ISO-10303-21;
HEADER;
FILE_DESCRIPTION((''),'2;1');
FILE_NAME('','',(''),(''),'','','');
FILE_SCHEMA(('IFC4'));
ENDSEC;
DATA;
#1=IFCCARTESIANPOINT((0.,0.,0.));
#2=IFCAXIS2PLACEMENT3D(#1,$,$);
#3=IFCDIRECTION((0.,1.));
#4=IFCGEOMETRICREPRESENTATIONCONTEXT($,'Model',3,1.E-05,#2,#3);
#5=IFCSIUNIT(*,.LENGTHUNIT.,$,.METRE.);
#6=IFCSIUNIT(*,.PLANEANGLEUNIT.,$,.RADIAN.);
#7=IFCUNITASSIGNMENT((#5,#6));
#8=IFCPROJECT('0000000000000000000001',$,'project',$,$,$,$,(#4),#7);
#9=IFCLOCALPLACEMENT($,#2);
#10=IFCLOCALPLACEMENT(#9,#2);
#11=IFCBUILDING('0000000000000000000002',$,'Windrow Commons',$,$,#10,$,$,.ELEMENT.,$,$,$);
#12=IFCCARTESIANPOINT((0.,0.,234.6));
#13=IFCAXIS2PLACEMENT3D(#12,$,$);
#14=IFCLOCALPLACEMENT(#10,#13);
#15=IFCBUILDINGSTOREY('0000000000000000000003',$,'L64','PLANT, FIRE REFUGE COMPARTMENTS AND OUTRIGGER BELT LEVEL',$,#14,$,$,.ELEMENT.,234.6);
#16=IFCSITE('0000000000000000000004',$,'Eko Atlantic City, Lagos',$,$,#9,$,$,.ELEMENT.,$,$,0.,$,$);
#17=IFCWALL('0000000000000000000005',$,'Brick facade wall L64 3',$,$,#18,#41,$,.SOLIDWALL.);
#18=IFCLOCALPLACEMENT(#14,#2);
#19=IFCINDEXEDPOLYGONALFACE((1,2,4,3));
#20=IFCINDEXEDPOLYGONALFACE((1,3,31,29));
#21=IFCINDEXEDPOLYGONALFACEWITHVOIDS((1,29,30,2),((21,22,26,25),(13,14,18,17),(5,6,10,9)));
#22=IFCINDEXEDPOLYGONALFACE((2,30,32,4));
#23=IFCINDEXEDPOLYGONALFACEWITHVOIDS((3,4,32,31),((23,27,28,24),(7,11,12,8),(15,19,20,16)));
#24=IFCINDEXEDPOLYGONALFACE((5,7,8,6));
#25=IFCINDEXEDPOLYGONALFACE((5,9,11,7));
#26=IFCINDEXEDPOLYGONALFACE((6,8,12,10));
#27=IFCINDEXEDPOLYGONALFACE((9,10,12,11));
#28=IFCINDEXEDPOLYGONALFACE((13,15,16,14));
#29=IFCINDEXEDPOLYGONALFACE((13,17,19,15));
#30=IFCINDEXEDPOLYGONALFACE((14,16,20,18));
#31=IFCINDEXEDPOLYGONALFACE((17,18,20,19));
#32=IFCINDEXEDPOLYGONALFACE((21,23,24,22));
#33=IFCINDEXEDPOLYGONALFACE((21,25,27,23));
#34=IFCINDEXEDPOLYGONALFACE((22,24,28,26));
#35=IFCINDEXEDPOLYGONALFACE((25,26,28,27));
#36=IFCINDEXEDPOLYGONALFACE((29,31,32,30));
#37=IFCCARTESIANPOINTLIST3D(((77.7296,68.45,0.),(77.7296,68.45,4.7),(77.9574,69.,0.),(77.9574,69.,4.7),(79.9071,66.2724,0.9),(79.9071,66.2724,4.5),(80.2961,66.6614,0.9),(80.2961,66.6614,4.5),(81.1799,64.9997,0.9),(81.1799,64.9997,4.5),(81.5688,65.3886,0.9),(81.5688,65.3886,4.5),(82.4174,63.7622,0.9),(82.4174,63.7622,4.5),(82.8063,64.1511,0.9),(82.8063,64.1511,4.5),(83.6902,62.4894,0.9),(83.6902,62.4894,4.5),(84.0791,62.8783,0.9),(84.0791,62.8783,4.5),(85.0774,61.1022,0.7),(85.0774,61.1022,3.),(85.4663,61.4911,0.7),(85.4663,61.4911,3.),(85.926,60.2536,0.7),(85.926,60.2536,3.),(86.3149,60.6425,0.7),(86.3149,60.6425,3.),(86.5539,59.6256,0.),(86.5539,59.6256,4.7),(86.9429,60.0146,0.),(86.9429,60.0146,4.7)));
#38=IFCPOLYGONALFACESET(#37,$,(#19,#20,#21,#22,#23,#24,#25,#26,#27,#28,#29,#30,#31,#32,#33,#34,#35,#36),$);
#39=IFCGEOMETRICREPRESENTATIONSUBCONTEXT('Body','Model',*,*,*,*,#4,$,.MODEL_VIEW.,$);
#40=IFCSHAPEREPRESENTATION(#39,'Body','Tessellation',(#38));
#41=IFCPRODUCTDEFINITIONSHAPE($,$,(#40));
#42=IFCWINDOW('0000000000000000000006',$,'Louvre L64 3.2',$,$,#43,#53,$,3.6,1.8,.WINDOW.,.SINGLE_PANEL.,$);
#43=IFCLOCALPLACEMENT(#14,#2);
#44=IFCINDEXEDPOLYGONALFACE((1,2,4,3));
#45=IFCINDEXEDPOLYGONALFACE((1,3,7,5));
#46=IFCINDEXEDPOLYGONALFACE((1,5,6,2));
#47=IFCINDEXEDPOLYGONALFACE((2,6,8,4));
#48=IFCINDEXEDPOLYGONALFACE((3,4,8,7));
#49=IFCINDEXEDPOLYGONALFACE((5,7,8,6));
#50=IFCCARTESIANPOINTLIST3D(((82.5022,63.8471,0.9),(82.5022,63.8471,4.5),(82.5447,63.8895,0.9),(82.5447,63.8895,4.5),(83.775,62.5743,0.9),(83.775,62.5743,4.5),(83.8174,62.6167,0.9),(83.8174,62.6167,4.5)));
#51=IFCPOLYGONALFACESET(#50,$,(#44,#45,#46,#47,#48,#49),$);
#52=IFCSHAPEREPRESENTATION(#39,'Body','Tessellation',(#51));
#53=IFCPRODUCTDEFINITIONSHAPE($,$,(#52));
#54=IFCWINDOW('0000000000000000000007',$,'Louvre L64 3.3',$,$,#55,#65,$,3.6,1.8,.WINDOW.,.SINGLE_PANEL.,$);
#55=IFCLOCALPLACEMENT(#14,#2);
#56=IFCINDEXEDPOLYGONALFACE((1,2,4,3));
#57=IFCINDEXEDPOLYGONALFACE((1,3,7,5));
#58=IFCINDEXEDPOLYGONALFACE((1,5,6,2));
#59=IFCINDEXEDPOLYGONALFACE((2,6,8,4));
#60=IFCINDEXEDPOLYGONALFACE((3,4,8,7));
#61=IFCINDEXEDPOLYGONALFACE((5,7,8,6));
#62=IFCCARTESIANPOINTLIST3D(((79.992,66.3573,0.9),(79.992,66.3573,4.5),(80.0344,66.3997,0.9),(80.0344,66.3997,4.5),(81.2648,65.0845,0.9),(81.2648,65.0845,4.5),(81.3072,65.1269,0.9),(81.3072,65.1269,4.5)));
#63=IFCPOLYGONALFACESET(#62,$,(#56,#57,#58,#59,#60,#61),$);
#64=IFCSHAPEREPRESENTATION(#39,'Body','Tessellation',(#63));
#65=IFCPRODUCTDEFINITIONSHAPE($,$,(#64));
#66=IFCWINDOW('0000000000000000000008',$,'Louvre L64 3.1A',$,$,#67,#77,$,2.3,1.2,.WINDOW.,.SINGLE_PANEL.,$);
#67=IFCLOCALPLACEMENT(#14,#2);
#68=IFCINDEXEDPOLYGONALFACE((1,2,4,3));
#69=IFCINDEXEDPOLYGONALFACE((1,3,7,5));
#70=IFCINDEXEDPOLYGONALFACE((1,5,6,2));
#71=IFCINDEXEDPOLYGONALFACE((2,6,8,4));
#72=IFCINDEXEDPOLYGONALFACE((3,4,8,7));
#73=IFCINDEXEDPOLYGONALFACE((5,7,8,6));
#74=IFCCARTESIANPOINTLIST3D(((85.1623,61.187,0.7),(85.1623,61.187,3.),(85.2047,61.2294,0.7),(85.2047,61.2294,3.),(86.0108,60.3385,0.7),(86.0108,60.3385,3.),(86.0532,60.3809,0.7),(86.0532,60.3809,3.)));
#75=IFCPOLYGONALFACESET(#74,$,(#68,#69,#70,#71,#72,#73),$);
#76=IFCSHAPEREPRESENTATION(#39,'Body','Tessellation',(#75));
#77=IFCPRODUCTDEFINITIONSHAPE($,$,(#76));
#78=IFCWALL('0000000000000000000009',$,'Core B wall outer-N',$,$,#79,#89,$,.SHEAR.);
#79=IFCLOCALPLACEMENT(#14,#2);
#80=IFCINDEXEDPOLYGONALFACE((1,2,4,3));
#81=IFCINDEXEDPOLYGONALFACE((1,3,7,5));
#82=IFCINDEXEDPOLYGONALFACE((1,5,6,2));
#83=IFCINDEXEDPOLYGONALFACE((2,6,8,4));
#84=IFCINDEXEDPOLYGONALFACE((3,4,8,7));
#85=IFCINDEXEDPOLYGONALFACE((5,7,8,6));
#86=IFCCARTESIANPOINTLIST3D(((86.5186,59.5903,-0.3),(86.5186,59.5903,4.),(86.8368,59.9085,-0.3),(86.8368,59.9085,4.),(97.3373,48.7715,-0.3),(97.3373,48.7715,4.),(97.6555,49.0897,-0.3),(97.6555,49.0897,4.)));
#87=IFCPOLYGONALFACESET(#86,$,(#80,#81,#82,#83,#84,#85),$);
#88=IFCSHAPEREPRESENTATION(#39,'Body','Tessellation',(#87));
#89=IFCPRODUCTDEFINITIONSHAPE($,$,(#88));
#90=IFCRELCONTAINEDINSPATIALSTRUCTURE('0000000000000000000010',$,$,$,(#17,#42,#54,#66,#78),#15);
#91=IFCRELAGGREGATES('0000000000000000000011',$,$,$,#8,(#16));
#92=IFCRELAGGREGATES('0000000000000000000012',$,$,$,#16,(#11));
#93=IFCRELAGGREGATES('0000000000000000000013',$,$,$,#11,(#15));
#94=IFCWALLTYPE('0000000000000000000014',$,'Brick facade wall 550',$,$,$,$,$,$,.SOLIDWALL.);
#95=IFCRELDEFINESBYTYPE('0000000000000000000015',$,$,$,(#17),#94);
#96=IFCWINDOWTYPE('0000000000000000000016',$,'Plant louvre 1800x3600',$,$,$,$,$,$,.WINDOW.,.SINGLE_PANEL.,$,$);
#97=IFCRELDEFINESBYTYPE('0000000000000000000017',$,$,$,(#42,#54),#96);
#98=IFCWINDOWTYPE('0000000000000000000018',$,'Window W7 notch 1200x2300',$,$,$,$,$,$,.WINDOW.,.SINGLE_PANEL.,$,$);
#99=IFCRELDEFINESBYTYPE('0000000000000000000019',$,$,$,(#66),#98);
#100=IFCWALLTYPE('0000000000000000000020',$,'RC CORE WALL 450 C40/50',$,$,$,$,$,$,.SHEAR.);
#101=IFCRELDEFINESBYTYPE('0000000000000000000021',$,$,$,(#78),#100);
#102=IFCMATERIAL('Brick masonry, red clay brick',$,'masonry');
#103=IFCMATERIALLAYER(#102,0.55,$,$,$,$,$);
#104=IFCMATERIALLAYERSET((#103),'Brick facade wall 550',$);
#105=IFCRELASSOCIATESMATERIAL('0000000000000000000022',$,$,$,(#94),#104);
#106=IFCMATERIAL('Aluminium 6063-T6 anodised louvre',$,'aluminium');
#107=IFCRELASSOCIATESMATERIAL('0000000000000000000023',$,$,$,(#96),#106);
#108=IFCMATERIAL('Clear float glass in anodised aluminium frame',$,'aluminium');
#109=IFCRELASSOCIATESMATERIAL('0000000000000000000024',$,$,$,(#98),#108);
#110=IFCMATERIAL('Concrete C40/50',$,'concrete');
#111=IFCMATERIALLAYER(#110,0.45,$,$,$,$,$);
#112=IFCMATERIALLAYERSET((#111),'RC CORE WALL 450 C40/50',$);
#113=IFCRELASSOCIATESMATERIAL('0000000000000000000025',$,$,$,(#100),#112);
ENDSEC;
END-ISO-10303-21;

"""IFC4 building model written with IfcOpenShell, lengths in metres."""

from ifc_helpers import new_model, si_unit, direction, frame, frame_2d, origin, place, context, subcontext, project, spatial, polyline, rectangle, outline, extrude, material, layer, layer_set, type_object, element, fill, save


model = new_model("IFC4")

# Units and contexts
model_context = context("Model", 3, precision=1e-05, world=origin(), true_north=direction((0.0, 1.0)))
body_context = subcontext(model_context, "Body", "Model", "MODEL_VIEW")
ifc_project = project(units=[si_unit("LENGTHUNIT", "METRE"), si_unit("PLANEANGLEUNIT", "RADIAN")], contexts=[model_context])

# Site, building, storey
site_placement = place(None, origin())
site = spatial("IfcSite", under=ifc_project, at=site_placement, Name="Eko Atlantic City, Lagos", CompositionType="ELEMENT", RefElevation=0.0)
building_placement = place(site_placement, origin())
building = spatial("IfcBuilding", under=site, at=building_placement, Name="Windrow Commons", CompositionType="ELEMENT")
storey_placement = place(building_placement, frame((0.0, 0.0, 234.6)))
storey = spatial("IfcBuildingStorey", under=building, at=storey_placement, Name="L64", Description="PLANT, FIRE REFUGE COMPARTMENTS AND OUTRIGGER BELT LEVEL", CompositionType="ELEMENT", Elevation=234.6)

# Wall, openings, windows
ifc_material_1 = material(Name="Brick masonry, red clay brick", Category="masonry")
ifc_layer_1 = layer(ifc_material_1, 0.55)
ifc_layer_set_1 = layer_set([ifc_layer_1], Name="Brick facade wall 550")
wall_type_1 = type_object("IfcWallType", Name="Brick facade wall 550", PredefinedType="SOLIDWALL", material=ifc_layer_set_1)
wall_1_placement = place(storey_placement, frame((86.7484, 59.8201, 0.0), z_axis=(0.0, 0.0, 1.0), x_axis=(-0.707107, 0.707107, 0.0)))
wall_1 = element("IfcWall", 1, at=wall_1_placement, inside=storey, type_object=wall_type_1, Name="Brick facade wall L64 3", PredefinedType="SOLIDWALL", context=body_context, shape_type="SweptSolid", body=[
    extrude(outline(polyline([(0.0, -0.275), (12.7073, -0.275), (12.4795, 0.275), (0.0, 0.275), (0.0, -0.275)])), origin(), (0.0, 0.0, 1.0), 4.7),
])
opening_1_placement = place(wall_1_placement, frame((4.05, 0.0, 0.9)))
opening_1 = element("IfcOpeningElement", 2, at=opening_1_placement, cuts=wall_1, PredefinedType="OPENING", context=body_context, shape_type="SweptSolid", body=[
    extrude(rectangle(XDim=1.8, YDim=3.6, at=frame_2d((0.9, 1.8))), frame((0.0, 0.285, 0.0), z_axis=(0.0, -1.0, 0.0), x_axis=(1.0, 0.0, 0.0)), (0.0, 0.0, 1.0), 0.57),
])
opening_2_placement = place(wall_1_placement, frame((7.6, 0.0, 0.9)))
opening_2 = element("IfcOpeningElement", 3, at=opening_2_placement, cuts=wall_1, PredefinedType="OPENING", context=body_context, shape_type="SweptSolid", body=[
    extrude(rectangle(XDim=1.8, YDim=3.6, at=frame_2d((0.9, 1.8))), frame((0.0, 0.285, 0.0), z_axis=(0.0, -1.0, 0.0), x_axis=(1.0, 0.0, 0.0)), (0.0, 0.0, 1.0), 0.57),
])
opening_3_placement = place(wall_1_placement, frame((0.8881, 0.0, 0.7)))
opening_3 = element("IfcOpeningElement", 4, at=opening_3_placement, cuts=wall_1, PredefinedType="OPENING", context=body_context, shape_type="SweptSolid", body=[
    extrude(rectangle(XDim=1.2, YDim=2.3, at=frame_2d((0.6, 1.15))), frame((0.0, 0.285, 0.0), z_axis=(0.0, -1.0, 0.0), x_axis=(1.0, 0.0, 0.0)), (0.0, 0.0, 1.0), 0.57),
])
ifc_material_2 = material(Name="Aluminium 6063-T6 anodised louvre", Category="aluminium")
window_type_1 = type_object("IfcWindowType", Name="Plant louvre 1800x3600", PartitioningType="SINGLE_PANEL", PredefinedType="WINDOW", material=ifc_material_2)
window_1_placement = place(opening_1_placement, origin())
window_1 = element("IfcWindow", 5, at=window_1_placement, inside=storey, type_object=window_type_1, Name="Louvre L64 3.2", OverallHeight=3.6, OverallWidth=1.8, PartitioningType="SINGLE_PANEL", PredefinedType="WINDOW", context=body_context, shape_type="SweptSolid", body=[
    extrude(rectangle(XDim=1.8, YDim=3.6, at=frame_2d((0.9, 1.8))), frame((0.0, 0.155, 0.0), z_axis=(0.0, -1.0, 0.0), x_axis=(1.0, 0.0, 0.0)), (0.0, 0.0, 1.0), 0.06),
])
fill(opening_1, window_1)
window_2_placement = place(opening_2_placement, origin())
window_2 = element("IfcWindow", 6, at=window_2_placement, inside=storey, type_object=window_type_1, Name="Louvre L64 3.3", OverallHeight=3.6, OverallWidth=1.8, PartitioningType="SINGLE_PANEL", PredefinedType="WINDOW", context=body_context, shape_type="SweptSolid", body=[
    extrude(rectangle(XDim=1.8, YDim=3.6, at=frame_2d((0.9, 1.8))), frame((0.0, 0.155, 0.0), z_axis=(0.0, -1.0, 0.0), x_axis=(1.0, 0.0, 0.0)), (0.0, 0.0, 1.0), 0.06),
])
fill(opening_2, window_2)
ifc_material_3 = material(Name="Clear float glass in anodised aluminium frame", Category="aluminium")
window_type_2 = type_object("IfcWindowType", Name="Window W7 notch 1200x2300", PartitioningType="SINGLE_PANEL", PredefinedType="WINDOW", material=ifc_material_3)
window_3_placement = place(opening_3_placement, origin())
window_3 = element("IfcWindow", 7, at=window_3_placement, inside=storey, type_object=window_type_2, Name="Louvre L64 3.1A", OverallHeight=2.3, OverallWidth=1.2, PartitioningType="SINGLE_PANEL", PredefinedType="WINDOW", context=body_context, shape_type="SweptSolid", body=[
    extrude(rectangle(XDim=1.2, YDim=2.3, at=frame_2d((0.6, 1.15))), frame((0.0, 0.155, 0.0), z_axis=(0.0, -1.0, 0.0), x_axis=(1.0, 0.0, 0.0)), (0.0, 0.0, 1.0), 0.06),
])
fill(opening_3, window_3)

# Wall
ifc_material_4 = material(Name="Concrete C40/50", Category="concrete")
ifc_layer_2 = layer(ifc_material_4, 0.45)
ifc_layer_set_2 = layer_set([ifc_layer_2], Name="RC CORE WALL 450 C40/50")
wall_type_2 = type_object("IfcWallType", Name="RC CORE WALL 450 C40/50", PredefinedType="SHEAR", material=ifc_layer_set_2)
wall_2_placement = place(storey_placement, frame((86.6777, 59.7494, -0.3), z_axis=(0.0, 0.0, 1.0), x_axis=(0.707104, -0.70711, 0.0)))
element("IfcWall", 8, at=wall_2_placement, inside=storey, type_object=wall_type_2, Name="Core B wall outer-N", PredefinedType="SHEAR", context=body_context, shape_type="SweptSolid", body=[
    extrude(rectangle(XDim=15.3, YDim=0.45, at=frame_2d((7.65, 0.0))), origin(), (0.0, 0.0, 1.0), 4.3),
])

save(model, "model.ifc")
